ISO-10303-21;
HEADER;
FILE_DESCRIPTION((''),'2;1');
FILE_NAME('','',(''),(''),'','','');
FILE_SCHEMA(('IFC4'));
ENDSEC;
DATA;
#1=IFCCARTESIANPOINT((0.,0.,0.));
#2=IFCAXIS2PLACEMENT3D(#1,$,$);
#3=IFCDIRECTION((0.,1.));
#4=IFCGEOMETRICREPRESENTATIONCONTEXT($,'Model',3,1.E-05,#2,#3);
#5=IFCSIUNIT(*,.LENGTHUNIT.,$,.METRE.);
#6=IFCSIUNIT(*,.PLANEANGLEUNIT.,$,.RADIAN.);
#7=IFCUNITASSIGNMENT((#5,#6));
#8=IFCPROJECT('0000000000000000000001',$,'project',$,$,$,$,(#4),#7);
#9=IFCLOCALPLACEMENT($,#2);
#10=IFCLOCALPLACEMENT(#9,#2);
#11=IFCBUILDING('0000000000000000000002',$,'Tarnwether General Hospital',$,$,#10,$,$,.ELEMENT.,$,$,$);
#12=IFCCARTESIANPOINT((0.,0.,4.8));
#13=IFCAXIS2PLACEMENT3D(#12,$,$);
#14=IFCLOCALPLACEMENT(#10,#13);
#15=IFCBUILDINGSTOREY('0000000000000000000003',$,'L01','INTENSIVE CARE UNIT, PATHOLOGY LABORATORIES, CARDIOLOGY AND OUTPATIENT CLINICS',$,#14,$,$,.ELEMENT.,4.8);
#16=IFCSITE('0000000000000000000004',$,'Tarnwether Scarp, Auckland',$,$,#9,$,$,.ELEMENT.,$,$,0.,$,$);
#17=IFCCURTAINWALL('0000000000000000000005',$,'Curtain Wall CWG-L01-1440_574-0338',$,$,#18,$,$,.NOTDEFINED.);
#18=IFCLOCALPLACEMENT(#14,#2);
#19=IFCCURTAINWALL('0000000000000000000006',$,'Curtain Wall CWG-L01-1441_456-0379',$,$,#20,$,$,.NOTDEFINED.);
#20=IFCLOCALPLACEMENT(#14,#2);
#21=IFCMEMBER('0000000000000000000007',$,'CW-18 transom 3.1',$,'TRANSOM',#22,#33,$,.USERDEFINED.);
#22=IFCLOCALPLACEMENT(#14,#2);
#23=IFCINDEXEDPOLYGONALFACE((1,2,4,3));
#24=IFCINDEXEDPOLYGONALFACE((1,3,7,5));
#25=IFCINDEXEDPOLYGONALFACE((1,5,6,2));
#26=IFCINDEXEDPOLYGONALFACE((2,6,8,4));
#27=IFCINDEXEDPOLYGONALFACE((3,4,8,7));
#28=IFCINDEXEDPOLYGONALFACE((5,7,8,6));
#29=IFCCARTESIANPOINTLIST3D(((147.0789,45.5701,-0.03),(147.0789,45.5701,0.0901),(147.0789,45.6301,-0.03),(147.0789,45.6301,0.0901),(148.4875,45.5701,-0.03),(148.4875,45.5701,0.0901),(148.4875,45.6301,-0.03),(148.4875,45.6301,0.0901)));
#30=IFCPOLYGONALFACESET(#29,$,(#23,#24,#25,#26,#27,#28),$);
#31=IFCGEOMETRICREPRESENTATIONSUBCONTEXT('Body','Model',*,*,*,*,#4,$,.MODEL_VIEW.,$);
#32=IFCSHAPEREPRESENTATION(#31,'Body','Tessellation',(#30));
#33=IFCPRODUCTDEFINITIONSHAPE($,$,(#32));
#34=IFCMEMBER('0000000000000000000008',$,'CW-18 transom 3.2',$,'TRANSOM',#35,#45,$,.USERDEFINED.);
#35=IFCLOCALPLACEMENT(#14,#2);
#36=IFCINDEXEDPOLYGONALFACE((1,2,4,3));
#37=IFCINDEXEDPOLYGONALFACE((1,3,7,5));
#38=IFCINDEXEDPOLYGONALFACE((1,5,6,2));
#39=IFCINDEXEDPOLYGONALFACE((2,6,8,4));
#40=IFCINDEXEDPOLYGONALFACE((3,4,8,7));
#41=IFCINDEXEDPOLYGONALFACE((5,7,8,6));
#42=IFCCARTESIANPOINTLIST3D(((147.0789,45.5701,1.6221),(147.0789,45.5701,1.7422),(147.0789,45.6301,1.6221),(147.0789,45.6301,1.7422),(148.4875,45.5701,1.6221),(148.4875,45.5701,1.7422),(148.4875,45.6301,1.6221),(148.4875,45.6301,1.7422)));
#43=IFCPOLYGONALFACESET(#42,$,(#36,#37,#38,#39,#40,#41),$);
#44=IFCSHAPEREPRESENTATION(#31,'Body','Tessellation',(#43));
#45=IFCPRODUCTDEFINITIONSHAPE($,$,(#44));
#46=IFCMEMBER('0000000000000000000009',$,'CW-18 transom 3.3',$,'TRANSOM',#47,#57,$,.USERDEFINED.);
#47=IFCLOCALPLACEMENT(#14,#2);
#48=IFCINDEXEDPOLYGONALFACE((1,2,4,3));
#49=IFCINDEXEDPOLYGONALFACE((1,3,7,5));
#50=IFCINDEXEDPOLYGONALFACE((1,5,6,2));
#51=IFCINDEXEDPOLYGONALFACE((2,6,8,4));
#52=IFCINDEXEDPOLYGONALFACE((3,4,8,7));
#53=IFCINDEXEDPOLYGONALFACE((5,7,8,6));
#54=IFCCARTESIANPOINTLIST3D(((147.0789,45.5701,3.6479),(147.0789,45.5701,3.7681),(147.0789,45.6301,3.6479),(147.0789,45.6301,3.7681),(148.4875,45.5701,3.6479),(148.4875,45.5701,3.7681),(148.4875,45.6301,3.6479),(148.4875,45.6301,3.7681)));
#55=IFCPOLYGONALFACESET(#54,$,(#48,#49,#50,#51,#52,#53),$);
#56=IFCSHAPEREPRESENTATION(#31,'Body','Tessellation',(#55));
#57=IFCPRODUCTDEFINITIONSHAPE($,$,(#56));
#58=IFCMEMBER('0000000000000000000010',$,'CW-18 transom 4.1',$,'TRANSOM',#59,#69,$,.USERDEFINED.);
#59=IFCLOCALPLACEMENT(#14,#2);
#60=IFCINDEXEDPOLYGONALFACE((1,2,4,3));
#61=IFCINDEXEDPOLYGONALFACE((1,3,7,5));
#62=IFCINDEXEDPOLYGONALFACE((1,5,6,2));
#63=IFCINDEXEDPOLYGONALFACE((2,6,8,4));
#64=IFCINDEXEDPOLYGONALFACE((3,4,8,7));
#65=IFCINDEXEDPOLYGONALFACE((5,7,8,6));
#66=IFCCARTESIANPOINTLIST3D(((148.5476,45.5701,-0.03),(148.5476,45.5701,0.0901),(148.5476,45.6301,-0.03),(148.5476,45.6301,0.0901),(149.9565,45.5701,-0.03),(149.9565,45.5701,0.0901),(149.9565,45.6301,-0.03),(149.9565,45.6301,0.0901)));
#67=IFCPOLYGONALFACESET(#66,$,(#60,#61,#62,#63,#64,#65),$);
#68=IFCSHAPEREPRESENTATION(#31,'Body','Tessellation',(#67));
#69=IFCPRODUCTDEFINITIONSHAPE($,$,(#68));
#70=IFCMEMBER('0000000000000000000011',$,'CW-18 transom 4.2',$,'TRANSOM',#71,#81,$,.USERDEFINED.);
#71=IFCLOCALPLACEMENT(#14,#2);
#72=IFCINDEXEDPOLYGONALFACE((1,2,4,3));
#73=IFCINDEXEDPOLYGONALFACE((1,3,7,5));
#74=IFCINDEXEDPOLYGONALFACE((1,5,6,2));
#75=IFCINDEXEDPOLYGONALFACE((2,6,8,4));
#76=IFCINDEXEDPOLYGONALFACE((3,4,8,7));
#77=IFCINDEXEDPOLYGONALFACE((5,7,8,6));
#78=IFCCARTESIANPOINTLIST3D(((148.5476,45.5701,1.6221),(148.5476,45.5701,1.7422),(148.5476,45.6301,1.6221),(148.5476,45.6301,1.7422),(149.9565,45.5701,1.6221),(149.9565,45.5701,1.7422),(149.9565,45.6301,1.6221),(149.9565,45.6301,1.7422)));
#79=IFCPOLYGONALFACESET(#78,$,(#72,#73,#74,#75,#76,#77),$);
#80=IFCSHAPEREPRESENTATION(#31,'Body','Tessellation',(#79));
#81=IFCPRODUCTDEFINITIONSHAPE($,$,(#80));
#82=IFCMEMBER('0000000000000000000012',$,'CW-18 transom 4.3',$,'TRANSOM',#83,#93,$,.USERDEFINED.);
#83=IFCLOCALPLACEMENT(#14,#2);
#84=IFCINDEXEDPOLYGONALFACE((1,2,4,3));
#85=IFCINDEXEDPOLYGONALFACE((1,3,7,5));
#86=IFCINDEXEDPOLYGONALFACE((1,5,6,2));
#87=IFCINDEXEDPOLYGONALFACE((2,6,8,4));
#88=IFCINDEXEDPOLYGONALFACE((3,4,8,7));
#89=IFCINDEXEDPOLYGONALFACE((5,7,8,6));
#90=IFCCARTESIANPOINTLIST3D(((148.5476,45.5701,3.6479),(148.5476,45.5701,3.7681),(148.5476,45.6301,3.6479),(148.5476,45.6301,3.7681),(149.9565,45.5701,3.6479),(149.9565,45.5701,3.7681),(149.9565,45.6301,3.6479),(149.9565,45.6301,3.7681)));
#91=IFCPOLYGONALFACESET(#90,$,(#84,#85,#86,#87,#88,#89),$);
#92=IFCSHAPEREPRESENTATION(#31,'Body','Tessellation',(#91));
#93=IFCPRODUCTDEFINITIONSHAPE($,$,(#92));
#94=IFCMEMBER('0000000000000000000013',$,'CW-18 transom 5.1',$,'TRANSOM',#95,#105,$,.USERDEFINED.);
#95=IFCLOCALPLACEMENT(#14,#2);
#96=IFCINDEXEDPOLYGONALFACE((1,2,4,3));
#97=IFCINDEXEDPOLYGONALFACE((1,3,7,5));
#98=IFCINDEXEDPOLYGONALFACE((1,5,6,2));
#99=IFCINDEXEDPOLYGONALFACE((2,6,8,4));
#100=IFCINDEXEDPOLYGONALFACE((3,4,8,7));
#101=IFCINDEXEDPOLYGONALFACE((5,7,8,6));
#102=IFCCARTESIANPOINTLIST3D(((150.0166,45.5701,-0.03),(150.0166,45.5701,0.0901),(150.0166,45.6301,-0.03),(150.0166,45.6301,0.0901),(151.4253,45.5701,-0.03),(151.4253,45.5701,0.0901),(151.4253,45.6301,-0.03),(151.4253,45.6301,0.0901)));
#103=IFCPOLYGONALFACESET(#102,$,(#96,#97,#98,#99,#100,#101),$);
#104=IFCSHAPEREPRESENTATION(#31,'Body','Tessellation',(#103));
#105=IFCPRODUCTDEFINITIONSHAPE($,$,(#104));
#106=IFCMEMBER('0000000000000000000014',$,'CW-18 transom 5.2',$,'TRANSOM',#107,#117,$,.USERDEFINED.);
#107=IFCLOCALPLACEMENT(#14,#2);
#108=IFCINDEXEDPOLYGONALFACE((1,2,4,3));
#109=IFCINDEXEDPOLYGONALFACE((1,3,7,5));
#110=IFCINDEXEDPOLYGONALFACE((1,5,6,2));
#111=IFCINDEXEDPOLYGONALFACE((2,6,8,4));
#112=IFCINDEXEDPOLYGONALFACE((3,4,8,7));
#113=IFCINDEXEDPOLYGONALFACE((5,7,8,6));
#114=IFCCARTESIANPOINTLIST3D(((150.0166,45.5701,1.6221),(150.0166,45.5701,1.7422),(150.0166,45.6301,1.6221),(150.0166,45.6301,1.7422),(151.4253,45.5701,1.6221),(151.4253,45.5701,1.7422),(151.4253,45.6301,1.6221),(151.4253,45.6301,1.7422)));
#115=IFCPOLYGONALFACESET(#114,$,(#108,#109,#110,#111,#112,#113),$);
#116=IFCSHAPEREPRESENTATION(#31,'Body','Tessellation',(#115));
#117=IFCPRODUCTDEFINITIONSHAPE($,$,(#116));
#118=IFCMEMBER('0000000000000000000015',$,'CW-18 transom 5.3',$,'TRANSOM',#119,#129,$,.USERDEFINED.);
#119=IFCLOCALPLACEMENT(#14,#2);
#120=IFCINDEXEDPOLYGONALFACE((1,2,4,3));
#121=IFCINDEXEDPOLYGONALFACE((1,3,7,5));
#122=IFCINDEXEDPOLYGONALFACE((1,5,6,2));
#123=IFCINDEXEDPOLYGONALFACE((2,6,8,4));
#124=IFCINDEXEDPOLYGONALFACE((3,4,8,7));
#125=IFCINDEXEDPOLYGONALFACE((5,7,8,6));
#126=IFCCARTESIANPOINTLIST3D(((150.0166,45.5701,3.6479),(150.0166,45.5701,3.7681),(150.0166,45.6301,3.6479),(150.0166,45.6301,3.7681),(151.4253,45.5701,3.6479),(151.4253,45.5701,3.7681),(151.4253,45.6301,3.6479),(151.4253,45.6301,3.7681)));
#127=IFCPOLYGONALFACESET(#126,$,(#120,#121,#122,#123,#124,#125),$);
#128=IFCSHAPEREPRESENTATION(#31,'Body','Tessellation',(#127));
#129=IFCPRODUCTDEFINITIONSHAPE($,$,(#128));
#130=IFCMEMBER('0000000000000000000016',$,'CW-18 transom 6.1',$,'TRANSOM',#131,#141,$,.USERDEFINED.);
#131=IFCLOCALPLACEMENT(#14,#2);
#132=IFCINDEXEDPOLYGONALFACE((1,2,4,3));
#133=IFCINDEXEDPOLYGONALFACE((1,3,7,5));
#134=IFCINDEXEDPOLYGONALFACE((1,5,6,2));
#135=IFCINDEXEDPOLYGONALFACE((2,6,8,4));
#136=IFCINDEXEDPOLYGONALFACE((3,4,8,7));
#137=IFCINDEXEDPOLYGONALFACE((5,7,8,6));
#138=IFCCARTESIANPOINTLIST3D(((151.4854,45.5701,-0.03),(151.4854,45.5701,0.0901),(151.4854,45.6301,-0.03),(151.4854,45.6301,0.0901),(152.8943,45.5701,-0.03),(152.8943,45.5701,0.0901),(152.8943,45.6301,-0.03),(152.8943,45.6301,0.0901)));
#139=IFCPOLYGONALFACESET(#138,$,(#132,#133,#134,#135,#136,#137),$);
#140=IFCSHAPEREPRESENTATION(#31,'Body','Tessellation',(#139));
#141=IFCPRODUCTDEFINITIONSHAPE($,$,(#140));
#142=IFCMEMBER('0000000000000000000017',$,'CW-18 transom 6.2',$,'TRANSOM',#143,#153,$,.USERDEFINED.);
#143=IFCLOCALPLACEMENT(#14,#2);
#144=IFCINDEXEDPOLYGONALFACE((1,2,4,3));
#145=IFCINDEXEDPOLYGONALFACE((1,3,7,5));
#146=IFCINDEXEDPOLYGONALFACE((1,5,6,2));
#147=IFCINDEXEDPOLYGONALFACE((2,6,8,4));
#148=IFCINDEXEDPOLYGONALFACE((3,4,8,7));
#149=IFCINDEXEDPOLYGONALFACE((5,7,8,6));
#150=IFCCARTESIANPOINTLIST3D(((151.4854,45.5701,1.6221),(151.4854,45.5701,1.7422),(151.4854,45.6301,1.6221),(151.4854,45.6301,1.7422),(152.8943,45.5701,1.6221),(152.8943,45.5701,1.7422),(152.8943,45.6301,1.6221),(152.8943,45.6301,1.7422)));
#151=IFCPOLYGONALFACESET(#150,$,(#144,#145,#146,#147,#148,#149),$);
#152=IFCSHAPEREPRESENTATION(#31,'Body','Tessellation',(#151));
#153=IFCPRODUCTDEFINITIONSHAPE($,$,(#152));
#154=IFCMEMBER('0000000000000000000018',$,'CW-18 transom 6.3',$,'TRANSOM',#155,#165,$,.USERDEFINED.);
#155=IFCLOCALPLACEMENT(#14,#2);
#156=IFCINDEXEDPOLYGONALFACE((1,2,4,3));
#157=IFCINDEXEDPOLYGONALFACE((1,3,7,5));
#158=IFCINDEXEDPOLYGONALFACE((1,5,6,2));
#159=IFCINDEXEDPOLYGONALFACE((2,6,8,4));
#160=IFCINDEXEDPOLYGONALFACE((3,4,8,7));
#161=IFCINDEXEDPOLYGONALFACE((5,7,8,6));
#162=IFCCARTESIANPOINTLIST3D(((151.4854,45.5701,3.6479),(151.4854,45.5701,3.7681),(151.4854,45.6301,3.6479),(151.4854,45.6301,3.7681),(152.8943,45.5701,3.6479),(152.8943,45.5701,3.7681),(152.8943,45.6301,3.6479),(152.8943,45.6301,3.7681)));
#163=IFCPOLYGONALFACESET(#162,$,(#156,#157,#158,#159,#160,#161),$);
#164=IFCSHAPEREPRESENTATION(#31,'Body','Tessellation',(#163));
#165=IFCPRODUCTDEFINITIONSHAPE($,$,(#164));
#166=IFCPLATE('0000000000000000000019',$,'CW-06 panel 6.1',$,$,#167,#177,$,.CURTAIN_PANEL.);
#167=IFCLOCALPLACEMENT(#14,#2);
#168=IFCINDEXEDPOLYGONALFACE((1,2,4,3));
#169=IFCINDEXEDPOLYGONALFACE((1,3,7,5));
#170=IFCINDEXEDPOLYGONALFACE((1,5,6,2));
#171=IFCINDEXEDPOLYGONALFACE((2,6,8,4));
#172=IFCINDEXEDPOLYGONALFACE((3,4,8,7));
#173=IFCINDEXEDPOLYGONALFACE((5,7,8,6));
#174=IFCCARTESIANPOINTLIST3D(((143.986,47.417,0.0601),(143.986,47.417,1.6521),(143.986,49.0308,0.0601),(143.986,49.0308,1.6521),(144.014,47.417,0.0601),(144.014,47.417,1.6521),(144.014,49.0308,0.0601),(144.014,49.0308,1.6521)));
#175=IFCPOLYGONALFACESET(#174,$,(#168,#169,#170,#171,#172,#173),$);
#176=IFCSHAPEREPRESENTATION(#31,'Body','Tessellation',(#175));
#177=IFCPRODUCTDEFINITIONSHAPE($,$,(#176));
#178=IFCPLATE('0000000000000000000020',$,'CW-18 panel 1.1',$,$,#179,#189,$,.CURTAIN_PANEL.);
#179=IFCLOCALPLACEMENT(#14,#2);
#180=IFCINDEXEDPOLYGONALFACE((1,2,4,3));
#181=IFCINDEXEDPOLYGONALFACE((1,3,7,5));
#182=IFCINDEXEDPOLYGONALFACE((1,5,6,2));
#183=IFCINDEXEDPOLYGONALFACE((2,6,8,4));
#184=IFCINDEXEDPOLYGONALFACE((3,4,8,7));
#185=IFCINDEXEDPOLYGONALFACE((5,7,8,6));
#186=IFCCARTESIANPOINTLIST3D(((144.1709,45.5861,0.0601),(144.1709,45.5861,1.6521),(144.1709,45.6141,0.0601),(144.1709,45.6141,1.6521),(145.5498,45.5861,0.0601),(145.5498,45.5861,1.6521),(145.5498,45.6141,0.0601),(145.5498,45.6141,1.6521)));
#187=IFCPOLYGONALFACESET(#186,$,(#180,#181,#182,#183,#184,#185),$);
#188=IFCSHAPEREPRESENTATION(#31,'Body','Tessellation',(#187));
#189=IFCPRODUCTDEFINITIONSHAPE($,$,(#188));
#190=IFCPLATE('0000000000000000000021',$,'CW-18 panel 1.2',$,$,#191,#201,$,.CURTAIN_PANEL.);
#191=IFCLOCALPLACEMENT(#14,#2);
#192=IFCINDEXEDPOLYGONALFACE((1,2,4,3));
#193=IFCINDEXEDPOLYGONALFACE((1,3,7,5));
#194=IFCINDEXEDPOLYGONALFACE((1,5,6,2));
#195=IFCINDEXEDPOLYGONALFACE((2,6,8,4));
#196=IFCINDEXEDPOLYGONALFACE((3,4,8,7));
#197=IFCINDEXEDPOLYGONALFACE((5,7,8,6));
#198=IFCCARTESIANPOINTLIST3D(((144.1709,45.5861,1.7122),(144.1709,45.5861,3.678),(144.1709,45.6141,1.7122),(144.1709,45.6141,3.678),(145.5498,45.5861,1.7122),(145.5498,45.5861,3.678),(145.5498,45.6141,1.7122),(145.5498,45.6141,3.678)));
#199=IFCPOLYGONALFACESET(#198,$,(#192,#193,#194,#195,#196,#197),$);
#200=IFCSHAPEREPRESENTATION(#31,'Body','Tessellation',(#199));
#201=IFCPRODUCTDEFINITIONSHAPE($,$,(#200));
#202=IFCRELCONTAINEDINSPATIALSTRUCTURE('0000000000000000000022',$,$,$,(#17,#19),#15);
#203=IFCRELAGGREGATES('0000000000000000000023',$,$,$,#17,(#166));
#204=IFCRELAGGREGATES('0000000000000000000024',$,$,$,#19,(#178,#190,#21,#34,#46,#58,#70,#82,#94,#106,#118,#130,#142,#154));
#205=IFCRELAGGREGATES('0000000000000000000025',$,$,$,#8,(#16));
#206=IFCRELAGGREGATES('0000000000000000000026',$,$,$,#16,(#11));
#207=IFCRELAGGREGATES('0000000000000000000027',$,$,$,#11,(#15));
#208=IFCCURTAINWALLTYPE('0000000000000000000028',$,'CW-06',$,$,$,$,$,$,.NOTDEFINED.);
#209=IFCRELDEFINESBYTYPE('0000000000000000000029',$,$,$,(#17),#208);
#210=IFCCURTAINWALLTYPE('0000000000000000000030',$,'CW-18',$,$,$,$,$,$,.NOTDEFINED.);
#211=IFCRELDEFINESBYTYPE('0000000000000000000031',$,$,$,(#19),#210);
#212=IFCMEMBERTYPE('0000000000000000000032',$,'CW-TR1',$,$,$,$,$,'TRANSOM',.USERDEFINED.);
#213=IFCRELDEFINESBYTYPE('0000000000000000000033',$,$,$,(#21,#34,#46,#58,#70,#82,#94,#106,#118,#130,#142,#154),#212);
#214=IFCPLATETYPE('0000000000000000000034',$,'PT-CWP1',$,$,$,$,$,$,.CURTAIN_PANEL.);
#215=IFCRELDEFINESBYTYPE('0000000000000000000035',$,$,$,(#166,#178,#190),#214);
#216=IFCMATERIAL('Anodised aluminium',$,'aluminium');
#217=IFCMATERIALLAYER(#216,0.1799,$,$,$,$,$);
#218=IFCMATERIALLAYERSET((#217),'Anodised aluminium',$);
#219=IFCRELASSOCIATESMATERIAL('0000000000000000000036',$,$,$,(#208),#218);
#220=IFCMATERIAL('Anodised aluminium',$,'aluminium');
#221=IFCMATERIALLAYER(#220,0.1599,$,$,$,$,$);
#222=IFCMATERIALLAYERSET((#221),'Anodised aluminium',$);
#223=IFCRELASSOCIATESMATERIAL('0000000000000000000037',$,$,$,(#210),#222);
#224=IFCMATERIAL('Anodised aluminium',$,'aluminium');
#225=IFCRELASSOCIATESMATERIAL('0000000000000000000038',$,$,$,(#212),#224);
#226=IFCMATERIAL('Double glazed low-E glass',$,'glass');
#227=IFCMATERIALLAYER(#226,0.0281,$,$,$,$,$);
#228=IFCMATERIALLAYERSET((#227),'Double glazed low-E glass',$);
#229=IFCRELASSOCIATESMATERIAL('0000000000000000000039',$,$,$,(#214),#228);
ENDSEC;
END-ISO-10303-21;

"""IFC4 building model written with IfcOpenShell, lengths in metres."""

from ifc_helpers import new_model, si_unit, direction, frame, origin, origin_2d, place, context, subcontext, project, spatial, rectangle, extrude, material, layer, layer_set, material_profile, profile_set, type_object, element, aggregate, save


model = new_model("IFC4")

# Units and contexts
model_context = context("Model", 3, precision=1e-05, world=origin(), true_north=direction((0.0, 1.0)))
body_context = subcontext(model_context, "Body", "Model", "MODEL_VIEW")
ifc_project = project(units=[si_unit("LENGTHUNIT", "METRE"), si_unit("PLANEANGLEUNIT", "RADIAN")], contexts=[model_context])

# Site, building, storey
site_placement = place(None, origin())
site = spatial("IfcSite", under=ifc_project, at=site_placement, Name="Tarnwether Scarp, Auckland", CompositionType="ELEMENT", RefElevation=0.0)
building_placement = place(site_placement, origin())
building = spatial("IfcBuilding", under=site, at=building_placement, Name="Tarnwether General Hospital", CompositionType="ELEMENT")
storey_placement = place(building_placement, frame((0.0, 0.0, 4.8)))
storey = spatial("IfcBuildingStorey", under=building, at=storey_placement, Name="L01", Description="INTENSIVE CARE UNIT, PATHOLOGY LABORATORIES, CARDIOLOGY AND OUTPATIENT CLINICS", CompositionType="ELEMENT", Elevation=4.8)

# Curtain wall
ifc_material_1 = material(Name="Anodised aluminium", Category="aluminium")
ifc_layer_1 = layer(ifc_material_1, 0.1799)
ifc_layer_set_1 = layer_set([ifc_layer_1], Name="Anodised aluminium")
curtain_wall_type_1 = type_object("IfcCurtainWallType", Name="CW-06", PredefinedType="NOTDEFINED", material=ifc_layer_set_1)
curtain_wall_1_placement = place(storey_placement, origin())
curtain_wall_1 = element("IfcCurtainWall", 1, at=curtain_wall_1_placement, inside=storey, type_object=curtain_wall_type_1, Name="Curtain Wall CWG-L01-1440_574-0338", PredefinedType="NOTDEFINED")

# Curtain wall
ifc_material_2 = material(Name="Anodised aluminium", Category="aluminium")
ifc_layer_2 = layer(ifc_material_2, 0.1599)
ifc_layer_set_2 = layer_set([ifc_layer_2], Name="Anodised aluminium")
curtain_wall_type_2 = type_object("IfcCurtainWallType", Name="CW-18", PredefinedType="NOTDEFINED", material=ifc_layer_set_2)
curtain_wall_2_placement = place(storey_placement, origin())
curtain_wall_2 = element("IfcCurtainWall", 2, at=curtain_wall_2_placement, inside=storey, type_object=curtain_wall_type_2, Name="Curtain Wall CWG-L01-1441_456-0379", PredefinedType="NOTDEFINED")

# Members
ifc_material_3 = material(Name="Anodised aluminium", Category="aluminium")
ifc_material_profile_1 = material_profile(ifc_material_3, rectangle(XDim=0.0601, YDim=0.1201, at=origin_2d()), Name="ALU-TRN-60x120")
ifc_profile_set_1 = profile_set([ifc_material_profile_1], Name="Anodised aluminium")
member_type_1 = type_object("IfcMemberType", Name="CW-TR1", ElementType="TRANSOM", PredefinedType="USERDEFINED", material=ifc_profile_set_1)
member_1_placement = place(storey_placement, frame((147.0789, 45.6001, 0.03), z_axis=(1.0, 0.0, 0.0), x_axis=(0.0, 1.0, 0.0)))
member_1 = element("IfcMember", 3, at=member_1_placement, type_object=member_type_1, Name="CW-18 transom 3.1", ObjectType="TRANSOM", PredefinedType="USERDEFINED", context=body_context, shape_type="SweptSolid", body=[
    extrude(rectangle(XDim=0.0601, YDim=0.1201, at=origin_2d()), origin(), (0.0, 0.0, 1.0), 1.4087),
])
member_2_placement = place(storey_placement, frame((147.0789, 45.6001, 1.6821), z_axis=(1.0, 0.0, 0.0), x_axis=(0.0, 1.0, 0.0)))
member_2 = element("IfcMember", 4, at=member_2_placement, type_object=member_type_1, Name="CW-18 transom 3.2", ObjectType="TRANSOM", PredefinedType="USERDEFINED", context=body_context, shape_type="SweptSolid", body=[
    extrude(rectangle(XDim=0.0601, YDim=0.1201, at=origin_2d()), origin(), (0.0, 0.0, 1.0), 1.4087),
])
member_3_placement = place(storey_placement, frame((147.0789, 45.6001, 3.708), z_axis=(1.0, 0.0, 0.0), x_axis=(0.0, 1.0, 0.0)))
member_3 = element("IfcMember", 5, at=member_3_placement, type_object=member_type_1, Name="CW-18 transom 3.3", ObjectType="TRANSOM", PredefinedType="USERDEFINED", context=body_context, shape_type="SweptSolid", body=[
    extrude(rectangle(XDim=0.0601, YDim=0.1201, at=origin_2d()), origin(), (0.0, 0.0, 1.0), 1.4087),
])
member_4_placement = place(storey_placement, frame((148.5476, 45.6001, 0.03), z_axis=(1.0, 0.0, 0.0), x_axis=(0.0, 1.0, 0.0)))
member_4 = element("IfcMember", 6, at=member_4_placement, type_object=member_type_1, Name="CW-18 transom 4.1", ObjectType="TRANSOM", PredefinedType="USERDEFINED", context=body_context, shape_type="SweptSolid", body=[
    extrude(rectangle(XDim=0.0601, YDim=0.1201, at=origin_2d()), origin(), (0.0, 0.0, 1.0), 1.4089),
])
member_5_placement = place(storey_placement, frame((148.5476, 45.6001, 1.6821), z_axis=(1.0, 0.0, 0.0), x_axis=(0.0, 1.0, 0.0)))
member_5 = element("IfcMember", 7, at=member_5_placement, type_object=member_type_1, Name="CW-18 transom 4.2", ObjectType="TRANSOM", PredefinedType="USERDEFINED", context=body_context, shape_type="SweptSolid", body=[
    extrude(rectangle(XDim=0.0601, YDim=0.1201, at=origin_2d()), origin(), (0.0, 0.0, 1.0), 1.4089),
])
member_6_placement = place(storey_placement, frame((148.5476, 45.6001, 3.708), z_axis=(1.0, 0.0, 0.0), x_axis=(0.0, 1.0, 0.0)))
member_6 = element("IfcMember", 8, at=member_6_placement, type_object=member_type_1, Name="CW-18 transom 4.3", ObjectType="TRANSOM", PredefinedType="USERDEFINED", context=body_context, shape_type="SweptSolid", body=[
    extrude(rectangle(XDim=0.0601, YDim=0.1201, at=origin_2d()), origin(), (0.0, 0.0, 1.0), 1.4089),
])
member_7_placement = place(storey_placement, frame((150.0166, 45.6001, 0.03), z_axis=(1.0, 0.0, 0.0), x_axis=(0.0, 1.0, 0.0)))
member_7 = element("IfcMember", 9, at=member_7_placement, type_object=member_type_1, Name="CW-18 transom 5.1", ObjectType="TRANSOM", PredefinedType="USERDEFINED", context=body_context, shape_type="SweptSolid", body=[
    extrude(rectangle(XDim=0.0601, YDim=0.1201, at=origin_2d()), origin(), (0.0, 0.0, 1.0), 1.4087),
])
member_8_placement = place(storey_placement, frame((150.0166, 45.6001, 1.6821), z_axis=(1.0, 0.0, 0.0), x_axis=(0.0, 1.0, 0.0)))
member_8 = element("IfcMember", 10, at=member_8_placement, type_object=member_type_1, Name="CW-18 transom 5.2", ObjectType="TRANSOM", PredefinedType="USERDEFINED", context=body_context, shape_type="SweptSolid", body=[
    extrude(rectangle(XDim=0.0601, YDim=0.1201, at=origin_2d()), origin(), (0.0, 0.0, 1.0), 1.4087),
])
member_9_placement = place(storey_placement, frame((150.0166, 45.6001, 3.708), z_axis=(1.0, 0.0, 0.0), x_axis=(0.0, 1.0, 0.0)))
member_9 = element("IfcMember", 11, at=member_9_placement, type_object=member_type_1, Name="CW-18 transom 5.3", ObjectType="TRANSOM", PredefinedType="USERDEFINED", context=body_context, shape_type="SweptSolid", body=[
    extrude(rectangle(XDim=0.0601, YDim=0.1201, at=origin_2d()), origin(), (0.0, 0.0, 1.0), 1.4087),
])
member_10_placement = place(storey_placement, frame((151.4854, 45.6001, 0.03), z_axis=(1.0, 0.0, 0.0), x_axis=(0.0, 1.0, 0.0)))
member_10 = element("IfcMember", 12, at=member_10_placement, type_object=member_type_1, Name="CW-18 transom 6.1", ObjectType="TRANSOM", PredefinedType="USERDEFINED", context=body_context, shape_type="SweptSolid", body=[
    extrude(rectangle(XDim=0.0601, YDim=0.1201, at=origin_2d()), origin(), (0.0, 0.0, 1.0), 1.4089),
])
member_11_placement = place(storey_placement, frame((151.4854, 45.6001, 1.6821), z_axis=(1.0, 0.0, 0.0), x_axis=(0.0, 1.0, 0.0)))
member_11 = element("IfcMember", 13, at=member_11_placement, type_object=member_type_1, Name="CW-18 transom 6.2", ObjectType="TRANSOM", PredefinedType="USERDEFINED", context=body_context, shape_type="SweptSolid", body=[
    extrude(rectangle(XDim=0.0601, YDim=0.1201, at=origin_2d()), origin(), (0.0, 0.0, 1.0), 1.4089),
])
member_12_placement = place(storey_placement, frame((151.4854, 45.6001, 3.708), z_axis=(1.0, 0.0, 0.0), x_axis=(0.0, 1.0, 0.0)))
member_12 = element("IfcMember", 14, at=member_12_placement, type_object=member_type_1, Name="CW-18 transom 6.3", ObjectType="TRANSOM", PredefinedType="USERDEFINED", context=body_context, shape_type="SweptSolid", body=[
    extrude(rectangle(XDim=0.0601, YDim=0.1201, at=origin_2d()), origin(), (0.0, 0.0, 1.0), 1.4089),
])

# Plates
ifc_material_4 = material(Name="Double glazed low-E glass", Category="glass")
ifc_layer_3 = layer(ifc_material_4, 0.0281)
ifc_layer_set_3 = layer_set([ifc_layer_3], Name="Double glazed low-E glass")
plate_type = type_object("IfcPlateType", Name="PT-CWP1", PredefinedType="CURTAIN_PANEL", material=ifc_layer_set_3)
plate_1_placement = place(storey_placement, frame((144.0, 48.2239, 0.0601), z_axis=(0.0, 0.0, 1.0), x_axis=(0.0, -1.0, 0.0)))
plate_1 = element("IfcPlate", 15, at=plate_1_placement, type_object=plate_type, Name="CW-06 panel 6.1", PredefinedType="CURTAIN_PANEL", context=body_context, shape_type="SweptSolid", body=[
    extrude(rectangle(XDim=1.6138, YDim=0.0281, at=origin_2d()), origin(), (0.0, 0.0, 1.0), 1.592),
])
aggregate(curtain_wall_1, [plate_1])
plate_2_placement = place(storey_placement, frame((144.8604, 45.6001, 0.0601), z_axis=(0.0, 0.0, 1.0), x_axis=(1.0, 0.0, 0.0)))
plate_2 = element("IfcPlate", 16, at=plate_2_placement, type_object=plate_type, Name="CW-18 panel 1.1", PredefinedType="CURTAIN_PANEL", context=body_context, shape_type="SweptSolid", body=[
    extrude(rectangle(XDim=1.3789, YDim=0.0281, at=origin_2d()), origin(), (0.0, 0.0, 1.0), 1.592),
])
plate_3_placement = place(storey_placement, frame((144.8604, 45.6001, 1.7122), z_axis=(0.0, 0.0, 1.0), x_axis=(1.0, 0.0, 0.0)))
plate_3 = element("IfcPlate", 17, at=plate_3_placement, type_object=plate_type, Name="CW-18 panel 1.2", PredefinedType="CURTAIN_PANEL", context=body_context, shape_type="SweptSolid", body=[
    extrude(rectangle(XDim=1.3789, YDim=0.0281, at=origin_2d()), origin(), (0.0, 0.0, 1.0), 1.9658),
])
aggregate(curtain_wall_2, [plate_2, plate_3, member_1, member_2, member_3, member_4, member_5, member_6, member_7, member_8, member_9, member_10, member_11, member_12])

save(model, "model.ifc")
